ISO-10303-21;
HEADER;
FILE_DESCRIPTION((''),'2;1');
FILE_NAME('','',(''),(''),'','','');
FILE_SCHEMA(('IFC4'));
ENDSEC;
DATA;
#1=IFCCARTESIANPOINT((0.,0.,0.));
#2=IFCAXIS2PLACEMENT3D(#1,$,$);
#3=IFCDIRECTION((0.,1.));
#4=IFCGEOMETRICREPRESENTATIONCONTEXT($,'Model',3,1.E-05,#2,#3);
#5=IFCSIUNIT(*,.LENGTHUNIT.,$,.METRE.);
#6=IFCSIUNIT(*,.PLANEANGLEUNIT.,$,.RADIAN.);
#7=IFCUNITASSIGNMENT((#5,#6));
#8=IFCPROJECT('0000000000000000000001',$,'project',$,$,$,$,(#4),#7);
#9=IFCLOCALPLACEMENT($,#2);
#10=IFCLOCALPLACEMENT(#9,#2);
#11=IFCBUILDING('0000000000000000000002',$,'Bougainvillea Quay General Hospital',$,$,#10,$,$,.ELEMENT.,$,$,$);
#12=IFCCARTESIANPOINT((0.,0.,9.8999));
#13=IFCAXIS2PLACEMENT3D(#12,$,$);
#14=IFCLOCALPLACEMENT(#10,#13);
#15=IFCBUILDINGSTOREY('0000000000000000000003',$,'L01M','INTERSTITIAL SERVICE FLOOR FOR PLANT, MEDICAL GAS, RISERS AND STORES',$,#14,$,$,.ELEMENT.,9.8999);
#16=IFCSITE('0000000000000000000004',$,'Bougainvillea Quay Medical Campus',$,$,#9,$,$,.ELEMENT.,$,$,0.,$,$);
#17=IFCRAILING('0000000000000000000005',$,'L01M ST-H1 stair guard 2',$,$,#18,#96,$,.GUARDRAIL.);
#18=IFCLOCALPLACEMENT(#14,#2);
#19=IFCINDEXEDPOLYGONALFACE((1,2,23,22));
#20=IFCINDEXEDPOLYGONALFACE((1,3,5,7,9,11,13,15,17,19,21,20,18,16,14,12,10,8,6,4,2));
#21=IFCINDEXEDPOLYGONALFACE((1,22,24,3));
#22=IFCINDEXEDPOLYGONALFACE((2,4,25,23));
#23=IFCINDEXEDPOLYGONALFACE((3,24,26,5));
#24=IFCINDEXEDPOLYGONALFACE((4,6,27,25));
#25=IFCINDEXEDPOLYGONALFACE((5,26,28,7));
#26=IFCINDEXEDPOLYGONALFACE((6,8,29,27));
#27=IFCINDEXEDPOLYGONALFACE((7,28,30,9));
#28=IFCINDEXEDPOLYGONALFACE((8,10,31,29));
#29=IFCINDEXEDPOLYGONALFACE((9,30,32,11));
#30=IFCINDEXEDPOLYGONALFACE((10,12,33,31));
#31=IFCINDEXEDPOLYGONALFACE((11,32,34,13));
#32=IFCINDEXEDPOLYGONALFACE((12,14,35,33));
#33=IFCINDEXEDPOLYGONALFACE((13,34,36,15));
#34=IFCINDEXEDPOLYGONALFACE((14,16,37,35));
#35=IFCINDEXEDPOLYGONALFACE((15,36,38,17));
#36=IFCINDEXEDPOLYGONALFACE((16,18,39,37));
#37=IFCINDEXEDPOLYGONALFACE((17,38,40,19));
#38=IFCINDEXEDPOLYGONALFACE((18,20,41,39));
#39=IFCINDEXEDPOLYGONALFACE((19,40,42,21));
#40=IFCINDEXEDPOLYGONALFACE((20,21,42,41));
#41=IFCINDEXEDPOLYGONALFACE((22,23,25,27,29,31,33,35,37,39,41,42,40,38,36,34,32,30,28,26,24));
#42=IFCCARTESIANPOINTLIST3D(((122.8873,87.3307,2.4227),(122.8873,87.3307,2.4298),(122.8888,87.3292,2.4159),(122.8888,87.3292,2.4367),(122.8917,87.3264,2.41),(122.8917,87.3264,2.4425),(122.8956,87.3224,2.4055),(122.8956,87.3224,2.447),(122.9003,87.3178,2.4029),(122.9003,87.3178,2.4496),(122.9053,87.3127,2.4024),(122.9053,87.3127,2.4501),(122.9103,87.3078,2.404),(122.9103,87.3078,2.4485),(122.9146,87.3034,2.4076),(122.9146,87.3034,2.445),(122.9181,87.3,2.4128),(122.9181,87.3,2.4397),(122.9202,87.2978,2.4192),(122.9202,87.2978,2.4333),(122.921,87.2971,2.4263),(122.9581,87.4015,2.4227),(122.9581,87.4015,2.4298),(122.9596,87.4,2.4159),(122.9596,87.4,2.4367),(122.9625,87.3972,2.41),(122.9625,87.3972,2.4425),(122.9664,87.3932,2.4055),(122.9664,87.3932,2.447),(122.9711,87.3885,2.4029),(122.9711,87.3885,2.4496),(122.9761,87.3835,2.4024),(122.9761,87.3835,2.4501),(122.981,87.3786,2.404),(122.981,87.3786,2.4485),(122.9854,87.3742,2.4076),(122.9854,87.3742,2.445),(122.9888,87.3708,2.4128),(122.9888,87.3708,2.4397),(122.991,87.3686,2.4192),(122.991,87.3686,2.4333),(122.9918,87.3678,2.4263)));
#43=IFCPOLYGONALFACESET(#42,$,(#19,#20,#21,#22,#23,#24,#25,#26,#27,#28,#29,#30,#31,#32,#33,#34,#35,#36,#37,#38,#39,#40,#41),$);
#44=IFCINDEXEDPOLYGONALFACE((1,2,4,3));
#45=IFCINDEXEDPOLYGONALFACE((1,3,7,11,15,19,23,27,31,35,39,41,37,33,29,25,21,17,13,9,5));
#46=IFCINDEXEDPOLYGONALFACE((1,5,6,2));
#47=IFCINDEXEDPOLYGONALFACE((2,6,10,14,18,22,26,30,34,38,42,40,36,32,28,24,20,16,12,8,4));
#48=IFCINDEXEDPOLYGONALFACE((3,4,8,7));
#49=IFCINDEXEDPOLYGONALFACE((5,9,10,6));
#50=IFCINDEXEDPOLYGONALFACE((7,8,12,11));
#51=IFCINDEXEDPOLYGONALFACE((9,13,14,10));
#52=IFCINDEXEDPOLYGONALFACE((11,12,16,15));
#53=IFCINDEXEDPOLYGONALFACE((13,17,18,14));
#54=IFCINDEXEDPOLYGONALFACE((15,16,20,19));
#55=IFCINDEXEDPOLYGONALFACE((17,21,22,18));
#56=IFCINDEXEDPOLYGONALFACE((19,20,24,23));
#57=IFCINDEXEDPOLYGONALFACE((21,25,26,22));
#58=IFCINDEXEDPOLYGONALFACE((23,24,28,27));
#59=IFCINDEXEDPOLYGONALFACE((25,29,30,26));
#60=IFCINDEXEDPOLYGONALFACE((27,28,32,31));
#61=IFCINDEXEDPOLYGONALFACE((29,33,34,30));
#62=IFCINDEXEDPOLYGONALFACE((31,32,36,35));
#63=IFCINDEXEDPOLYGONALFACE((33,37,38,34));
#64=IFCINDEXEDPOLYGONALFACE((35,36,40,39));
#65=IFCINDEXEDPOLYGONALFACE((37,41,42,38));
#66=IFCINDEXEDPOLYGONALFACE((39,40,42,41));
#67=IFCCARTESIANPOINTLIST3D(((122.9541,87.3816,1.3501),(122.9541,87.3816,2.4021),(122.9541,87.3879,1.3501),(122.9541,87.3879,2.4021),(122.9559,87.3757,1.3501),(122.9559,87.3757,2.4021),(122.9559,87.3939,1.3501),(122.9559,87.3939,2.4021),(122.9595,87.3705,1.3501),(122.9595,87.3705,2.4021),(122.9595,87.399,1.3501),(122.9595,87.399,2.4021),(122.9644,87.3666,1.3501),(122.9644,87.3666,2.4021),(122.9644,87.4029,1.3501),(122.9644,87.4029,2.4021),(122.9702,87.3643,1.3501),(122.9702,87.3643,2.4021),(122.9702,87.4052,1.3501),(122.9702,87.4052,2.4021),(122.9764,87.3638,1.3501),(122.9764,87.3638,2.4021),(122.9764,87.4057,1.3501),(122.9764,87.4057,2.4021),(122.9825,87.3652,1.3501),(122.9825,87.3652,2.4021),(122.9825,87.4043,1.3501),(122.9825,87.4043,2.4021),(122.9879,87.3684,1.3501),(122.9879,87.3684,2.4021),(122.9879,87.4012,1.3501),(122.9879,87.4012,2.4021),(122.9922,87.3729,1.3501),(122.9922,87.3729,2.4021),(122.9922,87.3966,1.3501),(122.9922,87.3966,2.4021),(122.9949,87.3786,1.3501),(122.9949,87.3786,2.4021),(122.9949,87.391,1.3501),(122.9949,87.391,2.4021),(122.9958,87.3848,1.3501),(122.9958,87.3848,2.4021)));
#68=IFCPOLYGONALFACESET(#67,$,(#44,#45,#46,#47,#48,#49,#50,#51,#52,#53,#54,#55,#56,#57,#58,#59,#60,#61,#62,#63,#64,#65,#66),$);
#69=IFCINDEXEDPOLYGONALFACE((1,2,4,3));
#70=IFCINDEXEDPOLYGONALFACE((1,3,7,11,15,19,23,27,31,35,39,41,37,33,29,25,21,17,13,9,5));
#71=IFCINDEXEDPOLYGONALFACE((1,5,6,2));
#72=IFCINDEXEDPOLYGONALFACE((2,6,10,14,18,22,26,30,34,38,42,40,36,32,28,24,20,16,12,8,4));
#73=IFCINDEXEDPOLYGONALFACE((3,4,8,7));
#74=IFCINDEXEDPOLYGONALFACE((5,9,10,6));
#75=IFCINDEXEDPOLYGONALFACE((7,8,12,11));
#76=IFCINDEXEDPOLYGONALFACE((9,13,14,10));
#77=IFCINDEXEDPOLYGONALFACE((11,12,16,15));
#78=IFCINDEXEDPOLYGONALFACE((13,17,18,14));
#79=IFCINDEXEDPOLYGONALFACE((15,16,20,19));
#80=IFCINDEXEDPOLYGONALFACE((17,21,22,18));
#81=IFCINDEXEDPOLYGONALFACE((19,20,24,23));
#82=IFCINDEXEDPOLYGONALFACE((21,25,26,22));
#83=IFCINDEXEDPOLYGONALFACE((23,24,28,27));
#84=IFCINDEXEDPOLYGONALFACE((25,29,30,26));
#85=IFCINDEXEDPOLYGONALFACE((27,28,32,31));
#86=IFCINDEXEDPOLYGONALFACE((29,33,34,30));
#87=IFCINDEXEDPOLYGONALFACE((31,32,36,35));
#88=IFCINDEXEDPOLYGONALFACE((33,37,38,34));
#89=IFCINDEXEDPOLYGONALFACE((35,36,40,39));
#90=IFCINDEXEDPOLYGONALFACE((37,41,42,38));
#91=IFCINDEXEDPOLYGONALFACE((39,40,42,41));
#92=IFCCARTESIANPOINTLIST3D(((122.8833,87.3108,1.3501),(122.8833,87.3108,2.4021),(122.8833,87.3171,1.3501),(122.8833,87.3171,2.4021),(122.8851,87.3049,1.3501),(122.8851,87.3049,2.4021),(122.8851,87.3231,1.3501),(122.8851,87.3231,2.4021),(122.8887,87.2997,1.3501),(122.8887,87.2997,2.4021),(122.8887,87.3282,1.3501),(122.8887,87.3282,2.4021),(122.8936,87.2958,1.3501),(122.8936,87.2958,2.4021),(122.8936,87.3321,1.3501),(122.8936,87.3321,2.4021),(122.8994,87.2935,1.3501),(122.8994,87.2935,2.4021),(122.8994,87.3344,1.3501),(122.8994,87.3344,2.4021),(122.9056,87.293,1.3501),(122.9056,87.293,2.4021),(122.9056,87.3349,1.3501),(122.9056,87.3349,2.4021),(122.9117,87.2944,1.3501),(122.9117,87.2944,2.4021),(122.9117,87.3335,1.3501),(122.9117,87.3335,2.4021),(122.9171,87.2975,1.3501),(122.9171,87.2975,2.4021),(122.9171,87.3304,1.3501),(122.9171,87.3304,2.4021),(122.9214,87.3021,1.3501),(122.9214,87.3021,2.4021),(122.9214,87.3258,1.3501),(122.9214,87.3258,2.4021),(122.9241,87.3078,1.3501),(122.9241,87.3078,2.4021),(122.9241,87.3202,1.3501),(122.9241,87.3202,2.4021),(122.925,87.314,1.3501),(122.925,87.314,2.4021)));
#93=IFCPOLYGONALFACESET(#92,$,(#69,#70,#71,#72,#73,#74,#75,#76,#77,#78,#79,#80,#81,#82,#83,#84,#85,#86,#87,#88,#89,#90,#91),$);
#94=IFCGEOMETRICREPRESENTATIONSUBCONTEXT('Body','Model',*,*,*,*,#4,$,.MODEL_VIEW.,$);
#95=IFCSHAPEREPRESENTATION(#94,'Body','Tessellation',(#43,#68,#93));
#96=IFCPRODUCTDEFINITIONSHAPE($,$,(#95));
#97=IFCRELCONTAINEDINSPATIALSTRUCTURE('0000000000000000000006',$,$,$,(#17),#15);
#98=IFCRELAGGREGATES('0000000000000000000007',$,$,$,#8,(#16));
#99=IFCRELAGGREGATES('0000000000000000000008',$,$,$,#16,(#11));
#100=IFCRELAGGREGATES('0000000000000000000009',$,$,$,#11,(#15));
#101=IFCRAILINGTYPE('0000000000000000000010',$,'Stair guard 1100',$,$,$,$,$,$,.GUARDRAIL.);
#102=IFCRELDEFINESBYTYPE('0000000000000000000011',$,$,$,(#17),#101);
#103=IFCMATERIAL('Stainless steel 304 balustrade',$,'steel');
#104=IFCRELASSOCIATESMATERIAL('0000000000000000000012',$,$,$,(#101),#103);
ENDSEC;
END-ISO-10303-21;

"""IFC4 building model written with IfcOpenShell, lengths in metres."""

from ifc_helpers import new_model, si_unit, direction, frame, origin, origin_2d, place, context, subcontext, project, spatial, circle, extrude, material, type_object, element, save


model = new_model("IFC4")

# Units and contexts
model_context = context("Model", 3, precision=1e-05, world=origin(), true_north=direction((0.0, 1.0)))
body_context = subcontext(model_context, "Body", "Model", "MODEL_VIEW")
ifc_project = project(units=[si_unit("LENGTHUNIT", "METRE"), si_unit("PLANEANGLEUNIT", "RADIAN")], contexts=[model_context])

# Site, building, storey
site_placement = place(None, origin())
site = spatial("IfcSite", under=ifc_project, at=site_placement, Name="Bougainvillea Quay Medical Campus", CompositionType="ELEMENT", RefElevation=0.0)
building_placement = place(site_placement, origin())
building = spatial("IfcBuilding", under=site, at=building_placement, Name="Bougainvillea Quay General Hospital", CompositionType="ELEMENT")
storey_placement = place(building_placement, frame((0.0, 0.0, 9.8999)))
storey = spatial("IfcBuildingStorey", under=building, at=storey_placement, Name="L01M", Description="INTERSTITIAL SERVICE FLOOR FOR PLANT, MEDICAL GAS, RISERS AND STORES", CompositionType="ELEMENT", Elevation=9.8999)

# Railing
ifc_material_1 = material(Name="Stainless steel 304 balustrade", Category="steel")
railing_type_1 = type_object("IfcRailingType", Name="Stair guard 1100", PredefinedType="GUARDRAIL", material=ifc_material_1)
railing_1_placement = place(storey_placement, frame((122.9749, 87.3848, 1.3501)))
element("IfcRailing", 1, at=railing_1_placement, inside=storey, type_object=railing_type_1, Name="L01M ST-H1 stair guard 2", PredefinedType="GUARDRAIL", context=body_context, shape_type="SweptSolid", body=[
    extrude(circle(Radius=0.0239, at=origin_2d()), frame((0.0, 0.0, 1.0762), z_axis=(-0.707107, -0.707107, 0.0), x_axis=(0.707107, -0.707107, 0.0)), (0.0, 0.0, 1.0), 0.1001),
    extrude(circle(Radius=0.021, at=origin_2d()), origin(), (0.0, 0.0, 1.0), 1.052),
    extrude(circle(Radius=0.021, at=origin_2d()), frame((-0.0708, -0.0708, 0.0)), (0.0, 0.0, 1.0), 1.052),
])

save(model, "model.ifc")
